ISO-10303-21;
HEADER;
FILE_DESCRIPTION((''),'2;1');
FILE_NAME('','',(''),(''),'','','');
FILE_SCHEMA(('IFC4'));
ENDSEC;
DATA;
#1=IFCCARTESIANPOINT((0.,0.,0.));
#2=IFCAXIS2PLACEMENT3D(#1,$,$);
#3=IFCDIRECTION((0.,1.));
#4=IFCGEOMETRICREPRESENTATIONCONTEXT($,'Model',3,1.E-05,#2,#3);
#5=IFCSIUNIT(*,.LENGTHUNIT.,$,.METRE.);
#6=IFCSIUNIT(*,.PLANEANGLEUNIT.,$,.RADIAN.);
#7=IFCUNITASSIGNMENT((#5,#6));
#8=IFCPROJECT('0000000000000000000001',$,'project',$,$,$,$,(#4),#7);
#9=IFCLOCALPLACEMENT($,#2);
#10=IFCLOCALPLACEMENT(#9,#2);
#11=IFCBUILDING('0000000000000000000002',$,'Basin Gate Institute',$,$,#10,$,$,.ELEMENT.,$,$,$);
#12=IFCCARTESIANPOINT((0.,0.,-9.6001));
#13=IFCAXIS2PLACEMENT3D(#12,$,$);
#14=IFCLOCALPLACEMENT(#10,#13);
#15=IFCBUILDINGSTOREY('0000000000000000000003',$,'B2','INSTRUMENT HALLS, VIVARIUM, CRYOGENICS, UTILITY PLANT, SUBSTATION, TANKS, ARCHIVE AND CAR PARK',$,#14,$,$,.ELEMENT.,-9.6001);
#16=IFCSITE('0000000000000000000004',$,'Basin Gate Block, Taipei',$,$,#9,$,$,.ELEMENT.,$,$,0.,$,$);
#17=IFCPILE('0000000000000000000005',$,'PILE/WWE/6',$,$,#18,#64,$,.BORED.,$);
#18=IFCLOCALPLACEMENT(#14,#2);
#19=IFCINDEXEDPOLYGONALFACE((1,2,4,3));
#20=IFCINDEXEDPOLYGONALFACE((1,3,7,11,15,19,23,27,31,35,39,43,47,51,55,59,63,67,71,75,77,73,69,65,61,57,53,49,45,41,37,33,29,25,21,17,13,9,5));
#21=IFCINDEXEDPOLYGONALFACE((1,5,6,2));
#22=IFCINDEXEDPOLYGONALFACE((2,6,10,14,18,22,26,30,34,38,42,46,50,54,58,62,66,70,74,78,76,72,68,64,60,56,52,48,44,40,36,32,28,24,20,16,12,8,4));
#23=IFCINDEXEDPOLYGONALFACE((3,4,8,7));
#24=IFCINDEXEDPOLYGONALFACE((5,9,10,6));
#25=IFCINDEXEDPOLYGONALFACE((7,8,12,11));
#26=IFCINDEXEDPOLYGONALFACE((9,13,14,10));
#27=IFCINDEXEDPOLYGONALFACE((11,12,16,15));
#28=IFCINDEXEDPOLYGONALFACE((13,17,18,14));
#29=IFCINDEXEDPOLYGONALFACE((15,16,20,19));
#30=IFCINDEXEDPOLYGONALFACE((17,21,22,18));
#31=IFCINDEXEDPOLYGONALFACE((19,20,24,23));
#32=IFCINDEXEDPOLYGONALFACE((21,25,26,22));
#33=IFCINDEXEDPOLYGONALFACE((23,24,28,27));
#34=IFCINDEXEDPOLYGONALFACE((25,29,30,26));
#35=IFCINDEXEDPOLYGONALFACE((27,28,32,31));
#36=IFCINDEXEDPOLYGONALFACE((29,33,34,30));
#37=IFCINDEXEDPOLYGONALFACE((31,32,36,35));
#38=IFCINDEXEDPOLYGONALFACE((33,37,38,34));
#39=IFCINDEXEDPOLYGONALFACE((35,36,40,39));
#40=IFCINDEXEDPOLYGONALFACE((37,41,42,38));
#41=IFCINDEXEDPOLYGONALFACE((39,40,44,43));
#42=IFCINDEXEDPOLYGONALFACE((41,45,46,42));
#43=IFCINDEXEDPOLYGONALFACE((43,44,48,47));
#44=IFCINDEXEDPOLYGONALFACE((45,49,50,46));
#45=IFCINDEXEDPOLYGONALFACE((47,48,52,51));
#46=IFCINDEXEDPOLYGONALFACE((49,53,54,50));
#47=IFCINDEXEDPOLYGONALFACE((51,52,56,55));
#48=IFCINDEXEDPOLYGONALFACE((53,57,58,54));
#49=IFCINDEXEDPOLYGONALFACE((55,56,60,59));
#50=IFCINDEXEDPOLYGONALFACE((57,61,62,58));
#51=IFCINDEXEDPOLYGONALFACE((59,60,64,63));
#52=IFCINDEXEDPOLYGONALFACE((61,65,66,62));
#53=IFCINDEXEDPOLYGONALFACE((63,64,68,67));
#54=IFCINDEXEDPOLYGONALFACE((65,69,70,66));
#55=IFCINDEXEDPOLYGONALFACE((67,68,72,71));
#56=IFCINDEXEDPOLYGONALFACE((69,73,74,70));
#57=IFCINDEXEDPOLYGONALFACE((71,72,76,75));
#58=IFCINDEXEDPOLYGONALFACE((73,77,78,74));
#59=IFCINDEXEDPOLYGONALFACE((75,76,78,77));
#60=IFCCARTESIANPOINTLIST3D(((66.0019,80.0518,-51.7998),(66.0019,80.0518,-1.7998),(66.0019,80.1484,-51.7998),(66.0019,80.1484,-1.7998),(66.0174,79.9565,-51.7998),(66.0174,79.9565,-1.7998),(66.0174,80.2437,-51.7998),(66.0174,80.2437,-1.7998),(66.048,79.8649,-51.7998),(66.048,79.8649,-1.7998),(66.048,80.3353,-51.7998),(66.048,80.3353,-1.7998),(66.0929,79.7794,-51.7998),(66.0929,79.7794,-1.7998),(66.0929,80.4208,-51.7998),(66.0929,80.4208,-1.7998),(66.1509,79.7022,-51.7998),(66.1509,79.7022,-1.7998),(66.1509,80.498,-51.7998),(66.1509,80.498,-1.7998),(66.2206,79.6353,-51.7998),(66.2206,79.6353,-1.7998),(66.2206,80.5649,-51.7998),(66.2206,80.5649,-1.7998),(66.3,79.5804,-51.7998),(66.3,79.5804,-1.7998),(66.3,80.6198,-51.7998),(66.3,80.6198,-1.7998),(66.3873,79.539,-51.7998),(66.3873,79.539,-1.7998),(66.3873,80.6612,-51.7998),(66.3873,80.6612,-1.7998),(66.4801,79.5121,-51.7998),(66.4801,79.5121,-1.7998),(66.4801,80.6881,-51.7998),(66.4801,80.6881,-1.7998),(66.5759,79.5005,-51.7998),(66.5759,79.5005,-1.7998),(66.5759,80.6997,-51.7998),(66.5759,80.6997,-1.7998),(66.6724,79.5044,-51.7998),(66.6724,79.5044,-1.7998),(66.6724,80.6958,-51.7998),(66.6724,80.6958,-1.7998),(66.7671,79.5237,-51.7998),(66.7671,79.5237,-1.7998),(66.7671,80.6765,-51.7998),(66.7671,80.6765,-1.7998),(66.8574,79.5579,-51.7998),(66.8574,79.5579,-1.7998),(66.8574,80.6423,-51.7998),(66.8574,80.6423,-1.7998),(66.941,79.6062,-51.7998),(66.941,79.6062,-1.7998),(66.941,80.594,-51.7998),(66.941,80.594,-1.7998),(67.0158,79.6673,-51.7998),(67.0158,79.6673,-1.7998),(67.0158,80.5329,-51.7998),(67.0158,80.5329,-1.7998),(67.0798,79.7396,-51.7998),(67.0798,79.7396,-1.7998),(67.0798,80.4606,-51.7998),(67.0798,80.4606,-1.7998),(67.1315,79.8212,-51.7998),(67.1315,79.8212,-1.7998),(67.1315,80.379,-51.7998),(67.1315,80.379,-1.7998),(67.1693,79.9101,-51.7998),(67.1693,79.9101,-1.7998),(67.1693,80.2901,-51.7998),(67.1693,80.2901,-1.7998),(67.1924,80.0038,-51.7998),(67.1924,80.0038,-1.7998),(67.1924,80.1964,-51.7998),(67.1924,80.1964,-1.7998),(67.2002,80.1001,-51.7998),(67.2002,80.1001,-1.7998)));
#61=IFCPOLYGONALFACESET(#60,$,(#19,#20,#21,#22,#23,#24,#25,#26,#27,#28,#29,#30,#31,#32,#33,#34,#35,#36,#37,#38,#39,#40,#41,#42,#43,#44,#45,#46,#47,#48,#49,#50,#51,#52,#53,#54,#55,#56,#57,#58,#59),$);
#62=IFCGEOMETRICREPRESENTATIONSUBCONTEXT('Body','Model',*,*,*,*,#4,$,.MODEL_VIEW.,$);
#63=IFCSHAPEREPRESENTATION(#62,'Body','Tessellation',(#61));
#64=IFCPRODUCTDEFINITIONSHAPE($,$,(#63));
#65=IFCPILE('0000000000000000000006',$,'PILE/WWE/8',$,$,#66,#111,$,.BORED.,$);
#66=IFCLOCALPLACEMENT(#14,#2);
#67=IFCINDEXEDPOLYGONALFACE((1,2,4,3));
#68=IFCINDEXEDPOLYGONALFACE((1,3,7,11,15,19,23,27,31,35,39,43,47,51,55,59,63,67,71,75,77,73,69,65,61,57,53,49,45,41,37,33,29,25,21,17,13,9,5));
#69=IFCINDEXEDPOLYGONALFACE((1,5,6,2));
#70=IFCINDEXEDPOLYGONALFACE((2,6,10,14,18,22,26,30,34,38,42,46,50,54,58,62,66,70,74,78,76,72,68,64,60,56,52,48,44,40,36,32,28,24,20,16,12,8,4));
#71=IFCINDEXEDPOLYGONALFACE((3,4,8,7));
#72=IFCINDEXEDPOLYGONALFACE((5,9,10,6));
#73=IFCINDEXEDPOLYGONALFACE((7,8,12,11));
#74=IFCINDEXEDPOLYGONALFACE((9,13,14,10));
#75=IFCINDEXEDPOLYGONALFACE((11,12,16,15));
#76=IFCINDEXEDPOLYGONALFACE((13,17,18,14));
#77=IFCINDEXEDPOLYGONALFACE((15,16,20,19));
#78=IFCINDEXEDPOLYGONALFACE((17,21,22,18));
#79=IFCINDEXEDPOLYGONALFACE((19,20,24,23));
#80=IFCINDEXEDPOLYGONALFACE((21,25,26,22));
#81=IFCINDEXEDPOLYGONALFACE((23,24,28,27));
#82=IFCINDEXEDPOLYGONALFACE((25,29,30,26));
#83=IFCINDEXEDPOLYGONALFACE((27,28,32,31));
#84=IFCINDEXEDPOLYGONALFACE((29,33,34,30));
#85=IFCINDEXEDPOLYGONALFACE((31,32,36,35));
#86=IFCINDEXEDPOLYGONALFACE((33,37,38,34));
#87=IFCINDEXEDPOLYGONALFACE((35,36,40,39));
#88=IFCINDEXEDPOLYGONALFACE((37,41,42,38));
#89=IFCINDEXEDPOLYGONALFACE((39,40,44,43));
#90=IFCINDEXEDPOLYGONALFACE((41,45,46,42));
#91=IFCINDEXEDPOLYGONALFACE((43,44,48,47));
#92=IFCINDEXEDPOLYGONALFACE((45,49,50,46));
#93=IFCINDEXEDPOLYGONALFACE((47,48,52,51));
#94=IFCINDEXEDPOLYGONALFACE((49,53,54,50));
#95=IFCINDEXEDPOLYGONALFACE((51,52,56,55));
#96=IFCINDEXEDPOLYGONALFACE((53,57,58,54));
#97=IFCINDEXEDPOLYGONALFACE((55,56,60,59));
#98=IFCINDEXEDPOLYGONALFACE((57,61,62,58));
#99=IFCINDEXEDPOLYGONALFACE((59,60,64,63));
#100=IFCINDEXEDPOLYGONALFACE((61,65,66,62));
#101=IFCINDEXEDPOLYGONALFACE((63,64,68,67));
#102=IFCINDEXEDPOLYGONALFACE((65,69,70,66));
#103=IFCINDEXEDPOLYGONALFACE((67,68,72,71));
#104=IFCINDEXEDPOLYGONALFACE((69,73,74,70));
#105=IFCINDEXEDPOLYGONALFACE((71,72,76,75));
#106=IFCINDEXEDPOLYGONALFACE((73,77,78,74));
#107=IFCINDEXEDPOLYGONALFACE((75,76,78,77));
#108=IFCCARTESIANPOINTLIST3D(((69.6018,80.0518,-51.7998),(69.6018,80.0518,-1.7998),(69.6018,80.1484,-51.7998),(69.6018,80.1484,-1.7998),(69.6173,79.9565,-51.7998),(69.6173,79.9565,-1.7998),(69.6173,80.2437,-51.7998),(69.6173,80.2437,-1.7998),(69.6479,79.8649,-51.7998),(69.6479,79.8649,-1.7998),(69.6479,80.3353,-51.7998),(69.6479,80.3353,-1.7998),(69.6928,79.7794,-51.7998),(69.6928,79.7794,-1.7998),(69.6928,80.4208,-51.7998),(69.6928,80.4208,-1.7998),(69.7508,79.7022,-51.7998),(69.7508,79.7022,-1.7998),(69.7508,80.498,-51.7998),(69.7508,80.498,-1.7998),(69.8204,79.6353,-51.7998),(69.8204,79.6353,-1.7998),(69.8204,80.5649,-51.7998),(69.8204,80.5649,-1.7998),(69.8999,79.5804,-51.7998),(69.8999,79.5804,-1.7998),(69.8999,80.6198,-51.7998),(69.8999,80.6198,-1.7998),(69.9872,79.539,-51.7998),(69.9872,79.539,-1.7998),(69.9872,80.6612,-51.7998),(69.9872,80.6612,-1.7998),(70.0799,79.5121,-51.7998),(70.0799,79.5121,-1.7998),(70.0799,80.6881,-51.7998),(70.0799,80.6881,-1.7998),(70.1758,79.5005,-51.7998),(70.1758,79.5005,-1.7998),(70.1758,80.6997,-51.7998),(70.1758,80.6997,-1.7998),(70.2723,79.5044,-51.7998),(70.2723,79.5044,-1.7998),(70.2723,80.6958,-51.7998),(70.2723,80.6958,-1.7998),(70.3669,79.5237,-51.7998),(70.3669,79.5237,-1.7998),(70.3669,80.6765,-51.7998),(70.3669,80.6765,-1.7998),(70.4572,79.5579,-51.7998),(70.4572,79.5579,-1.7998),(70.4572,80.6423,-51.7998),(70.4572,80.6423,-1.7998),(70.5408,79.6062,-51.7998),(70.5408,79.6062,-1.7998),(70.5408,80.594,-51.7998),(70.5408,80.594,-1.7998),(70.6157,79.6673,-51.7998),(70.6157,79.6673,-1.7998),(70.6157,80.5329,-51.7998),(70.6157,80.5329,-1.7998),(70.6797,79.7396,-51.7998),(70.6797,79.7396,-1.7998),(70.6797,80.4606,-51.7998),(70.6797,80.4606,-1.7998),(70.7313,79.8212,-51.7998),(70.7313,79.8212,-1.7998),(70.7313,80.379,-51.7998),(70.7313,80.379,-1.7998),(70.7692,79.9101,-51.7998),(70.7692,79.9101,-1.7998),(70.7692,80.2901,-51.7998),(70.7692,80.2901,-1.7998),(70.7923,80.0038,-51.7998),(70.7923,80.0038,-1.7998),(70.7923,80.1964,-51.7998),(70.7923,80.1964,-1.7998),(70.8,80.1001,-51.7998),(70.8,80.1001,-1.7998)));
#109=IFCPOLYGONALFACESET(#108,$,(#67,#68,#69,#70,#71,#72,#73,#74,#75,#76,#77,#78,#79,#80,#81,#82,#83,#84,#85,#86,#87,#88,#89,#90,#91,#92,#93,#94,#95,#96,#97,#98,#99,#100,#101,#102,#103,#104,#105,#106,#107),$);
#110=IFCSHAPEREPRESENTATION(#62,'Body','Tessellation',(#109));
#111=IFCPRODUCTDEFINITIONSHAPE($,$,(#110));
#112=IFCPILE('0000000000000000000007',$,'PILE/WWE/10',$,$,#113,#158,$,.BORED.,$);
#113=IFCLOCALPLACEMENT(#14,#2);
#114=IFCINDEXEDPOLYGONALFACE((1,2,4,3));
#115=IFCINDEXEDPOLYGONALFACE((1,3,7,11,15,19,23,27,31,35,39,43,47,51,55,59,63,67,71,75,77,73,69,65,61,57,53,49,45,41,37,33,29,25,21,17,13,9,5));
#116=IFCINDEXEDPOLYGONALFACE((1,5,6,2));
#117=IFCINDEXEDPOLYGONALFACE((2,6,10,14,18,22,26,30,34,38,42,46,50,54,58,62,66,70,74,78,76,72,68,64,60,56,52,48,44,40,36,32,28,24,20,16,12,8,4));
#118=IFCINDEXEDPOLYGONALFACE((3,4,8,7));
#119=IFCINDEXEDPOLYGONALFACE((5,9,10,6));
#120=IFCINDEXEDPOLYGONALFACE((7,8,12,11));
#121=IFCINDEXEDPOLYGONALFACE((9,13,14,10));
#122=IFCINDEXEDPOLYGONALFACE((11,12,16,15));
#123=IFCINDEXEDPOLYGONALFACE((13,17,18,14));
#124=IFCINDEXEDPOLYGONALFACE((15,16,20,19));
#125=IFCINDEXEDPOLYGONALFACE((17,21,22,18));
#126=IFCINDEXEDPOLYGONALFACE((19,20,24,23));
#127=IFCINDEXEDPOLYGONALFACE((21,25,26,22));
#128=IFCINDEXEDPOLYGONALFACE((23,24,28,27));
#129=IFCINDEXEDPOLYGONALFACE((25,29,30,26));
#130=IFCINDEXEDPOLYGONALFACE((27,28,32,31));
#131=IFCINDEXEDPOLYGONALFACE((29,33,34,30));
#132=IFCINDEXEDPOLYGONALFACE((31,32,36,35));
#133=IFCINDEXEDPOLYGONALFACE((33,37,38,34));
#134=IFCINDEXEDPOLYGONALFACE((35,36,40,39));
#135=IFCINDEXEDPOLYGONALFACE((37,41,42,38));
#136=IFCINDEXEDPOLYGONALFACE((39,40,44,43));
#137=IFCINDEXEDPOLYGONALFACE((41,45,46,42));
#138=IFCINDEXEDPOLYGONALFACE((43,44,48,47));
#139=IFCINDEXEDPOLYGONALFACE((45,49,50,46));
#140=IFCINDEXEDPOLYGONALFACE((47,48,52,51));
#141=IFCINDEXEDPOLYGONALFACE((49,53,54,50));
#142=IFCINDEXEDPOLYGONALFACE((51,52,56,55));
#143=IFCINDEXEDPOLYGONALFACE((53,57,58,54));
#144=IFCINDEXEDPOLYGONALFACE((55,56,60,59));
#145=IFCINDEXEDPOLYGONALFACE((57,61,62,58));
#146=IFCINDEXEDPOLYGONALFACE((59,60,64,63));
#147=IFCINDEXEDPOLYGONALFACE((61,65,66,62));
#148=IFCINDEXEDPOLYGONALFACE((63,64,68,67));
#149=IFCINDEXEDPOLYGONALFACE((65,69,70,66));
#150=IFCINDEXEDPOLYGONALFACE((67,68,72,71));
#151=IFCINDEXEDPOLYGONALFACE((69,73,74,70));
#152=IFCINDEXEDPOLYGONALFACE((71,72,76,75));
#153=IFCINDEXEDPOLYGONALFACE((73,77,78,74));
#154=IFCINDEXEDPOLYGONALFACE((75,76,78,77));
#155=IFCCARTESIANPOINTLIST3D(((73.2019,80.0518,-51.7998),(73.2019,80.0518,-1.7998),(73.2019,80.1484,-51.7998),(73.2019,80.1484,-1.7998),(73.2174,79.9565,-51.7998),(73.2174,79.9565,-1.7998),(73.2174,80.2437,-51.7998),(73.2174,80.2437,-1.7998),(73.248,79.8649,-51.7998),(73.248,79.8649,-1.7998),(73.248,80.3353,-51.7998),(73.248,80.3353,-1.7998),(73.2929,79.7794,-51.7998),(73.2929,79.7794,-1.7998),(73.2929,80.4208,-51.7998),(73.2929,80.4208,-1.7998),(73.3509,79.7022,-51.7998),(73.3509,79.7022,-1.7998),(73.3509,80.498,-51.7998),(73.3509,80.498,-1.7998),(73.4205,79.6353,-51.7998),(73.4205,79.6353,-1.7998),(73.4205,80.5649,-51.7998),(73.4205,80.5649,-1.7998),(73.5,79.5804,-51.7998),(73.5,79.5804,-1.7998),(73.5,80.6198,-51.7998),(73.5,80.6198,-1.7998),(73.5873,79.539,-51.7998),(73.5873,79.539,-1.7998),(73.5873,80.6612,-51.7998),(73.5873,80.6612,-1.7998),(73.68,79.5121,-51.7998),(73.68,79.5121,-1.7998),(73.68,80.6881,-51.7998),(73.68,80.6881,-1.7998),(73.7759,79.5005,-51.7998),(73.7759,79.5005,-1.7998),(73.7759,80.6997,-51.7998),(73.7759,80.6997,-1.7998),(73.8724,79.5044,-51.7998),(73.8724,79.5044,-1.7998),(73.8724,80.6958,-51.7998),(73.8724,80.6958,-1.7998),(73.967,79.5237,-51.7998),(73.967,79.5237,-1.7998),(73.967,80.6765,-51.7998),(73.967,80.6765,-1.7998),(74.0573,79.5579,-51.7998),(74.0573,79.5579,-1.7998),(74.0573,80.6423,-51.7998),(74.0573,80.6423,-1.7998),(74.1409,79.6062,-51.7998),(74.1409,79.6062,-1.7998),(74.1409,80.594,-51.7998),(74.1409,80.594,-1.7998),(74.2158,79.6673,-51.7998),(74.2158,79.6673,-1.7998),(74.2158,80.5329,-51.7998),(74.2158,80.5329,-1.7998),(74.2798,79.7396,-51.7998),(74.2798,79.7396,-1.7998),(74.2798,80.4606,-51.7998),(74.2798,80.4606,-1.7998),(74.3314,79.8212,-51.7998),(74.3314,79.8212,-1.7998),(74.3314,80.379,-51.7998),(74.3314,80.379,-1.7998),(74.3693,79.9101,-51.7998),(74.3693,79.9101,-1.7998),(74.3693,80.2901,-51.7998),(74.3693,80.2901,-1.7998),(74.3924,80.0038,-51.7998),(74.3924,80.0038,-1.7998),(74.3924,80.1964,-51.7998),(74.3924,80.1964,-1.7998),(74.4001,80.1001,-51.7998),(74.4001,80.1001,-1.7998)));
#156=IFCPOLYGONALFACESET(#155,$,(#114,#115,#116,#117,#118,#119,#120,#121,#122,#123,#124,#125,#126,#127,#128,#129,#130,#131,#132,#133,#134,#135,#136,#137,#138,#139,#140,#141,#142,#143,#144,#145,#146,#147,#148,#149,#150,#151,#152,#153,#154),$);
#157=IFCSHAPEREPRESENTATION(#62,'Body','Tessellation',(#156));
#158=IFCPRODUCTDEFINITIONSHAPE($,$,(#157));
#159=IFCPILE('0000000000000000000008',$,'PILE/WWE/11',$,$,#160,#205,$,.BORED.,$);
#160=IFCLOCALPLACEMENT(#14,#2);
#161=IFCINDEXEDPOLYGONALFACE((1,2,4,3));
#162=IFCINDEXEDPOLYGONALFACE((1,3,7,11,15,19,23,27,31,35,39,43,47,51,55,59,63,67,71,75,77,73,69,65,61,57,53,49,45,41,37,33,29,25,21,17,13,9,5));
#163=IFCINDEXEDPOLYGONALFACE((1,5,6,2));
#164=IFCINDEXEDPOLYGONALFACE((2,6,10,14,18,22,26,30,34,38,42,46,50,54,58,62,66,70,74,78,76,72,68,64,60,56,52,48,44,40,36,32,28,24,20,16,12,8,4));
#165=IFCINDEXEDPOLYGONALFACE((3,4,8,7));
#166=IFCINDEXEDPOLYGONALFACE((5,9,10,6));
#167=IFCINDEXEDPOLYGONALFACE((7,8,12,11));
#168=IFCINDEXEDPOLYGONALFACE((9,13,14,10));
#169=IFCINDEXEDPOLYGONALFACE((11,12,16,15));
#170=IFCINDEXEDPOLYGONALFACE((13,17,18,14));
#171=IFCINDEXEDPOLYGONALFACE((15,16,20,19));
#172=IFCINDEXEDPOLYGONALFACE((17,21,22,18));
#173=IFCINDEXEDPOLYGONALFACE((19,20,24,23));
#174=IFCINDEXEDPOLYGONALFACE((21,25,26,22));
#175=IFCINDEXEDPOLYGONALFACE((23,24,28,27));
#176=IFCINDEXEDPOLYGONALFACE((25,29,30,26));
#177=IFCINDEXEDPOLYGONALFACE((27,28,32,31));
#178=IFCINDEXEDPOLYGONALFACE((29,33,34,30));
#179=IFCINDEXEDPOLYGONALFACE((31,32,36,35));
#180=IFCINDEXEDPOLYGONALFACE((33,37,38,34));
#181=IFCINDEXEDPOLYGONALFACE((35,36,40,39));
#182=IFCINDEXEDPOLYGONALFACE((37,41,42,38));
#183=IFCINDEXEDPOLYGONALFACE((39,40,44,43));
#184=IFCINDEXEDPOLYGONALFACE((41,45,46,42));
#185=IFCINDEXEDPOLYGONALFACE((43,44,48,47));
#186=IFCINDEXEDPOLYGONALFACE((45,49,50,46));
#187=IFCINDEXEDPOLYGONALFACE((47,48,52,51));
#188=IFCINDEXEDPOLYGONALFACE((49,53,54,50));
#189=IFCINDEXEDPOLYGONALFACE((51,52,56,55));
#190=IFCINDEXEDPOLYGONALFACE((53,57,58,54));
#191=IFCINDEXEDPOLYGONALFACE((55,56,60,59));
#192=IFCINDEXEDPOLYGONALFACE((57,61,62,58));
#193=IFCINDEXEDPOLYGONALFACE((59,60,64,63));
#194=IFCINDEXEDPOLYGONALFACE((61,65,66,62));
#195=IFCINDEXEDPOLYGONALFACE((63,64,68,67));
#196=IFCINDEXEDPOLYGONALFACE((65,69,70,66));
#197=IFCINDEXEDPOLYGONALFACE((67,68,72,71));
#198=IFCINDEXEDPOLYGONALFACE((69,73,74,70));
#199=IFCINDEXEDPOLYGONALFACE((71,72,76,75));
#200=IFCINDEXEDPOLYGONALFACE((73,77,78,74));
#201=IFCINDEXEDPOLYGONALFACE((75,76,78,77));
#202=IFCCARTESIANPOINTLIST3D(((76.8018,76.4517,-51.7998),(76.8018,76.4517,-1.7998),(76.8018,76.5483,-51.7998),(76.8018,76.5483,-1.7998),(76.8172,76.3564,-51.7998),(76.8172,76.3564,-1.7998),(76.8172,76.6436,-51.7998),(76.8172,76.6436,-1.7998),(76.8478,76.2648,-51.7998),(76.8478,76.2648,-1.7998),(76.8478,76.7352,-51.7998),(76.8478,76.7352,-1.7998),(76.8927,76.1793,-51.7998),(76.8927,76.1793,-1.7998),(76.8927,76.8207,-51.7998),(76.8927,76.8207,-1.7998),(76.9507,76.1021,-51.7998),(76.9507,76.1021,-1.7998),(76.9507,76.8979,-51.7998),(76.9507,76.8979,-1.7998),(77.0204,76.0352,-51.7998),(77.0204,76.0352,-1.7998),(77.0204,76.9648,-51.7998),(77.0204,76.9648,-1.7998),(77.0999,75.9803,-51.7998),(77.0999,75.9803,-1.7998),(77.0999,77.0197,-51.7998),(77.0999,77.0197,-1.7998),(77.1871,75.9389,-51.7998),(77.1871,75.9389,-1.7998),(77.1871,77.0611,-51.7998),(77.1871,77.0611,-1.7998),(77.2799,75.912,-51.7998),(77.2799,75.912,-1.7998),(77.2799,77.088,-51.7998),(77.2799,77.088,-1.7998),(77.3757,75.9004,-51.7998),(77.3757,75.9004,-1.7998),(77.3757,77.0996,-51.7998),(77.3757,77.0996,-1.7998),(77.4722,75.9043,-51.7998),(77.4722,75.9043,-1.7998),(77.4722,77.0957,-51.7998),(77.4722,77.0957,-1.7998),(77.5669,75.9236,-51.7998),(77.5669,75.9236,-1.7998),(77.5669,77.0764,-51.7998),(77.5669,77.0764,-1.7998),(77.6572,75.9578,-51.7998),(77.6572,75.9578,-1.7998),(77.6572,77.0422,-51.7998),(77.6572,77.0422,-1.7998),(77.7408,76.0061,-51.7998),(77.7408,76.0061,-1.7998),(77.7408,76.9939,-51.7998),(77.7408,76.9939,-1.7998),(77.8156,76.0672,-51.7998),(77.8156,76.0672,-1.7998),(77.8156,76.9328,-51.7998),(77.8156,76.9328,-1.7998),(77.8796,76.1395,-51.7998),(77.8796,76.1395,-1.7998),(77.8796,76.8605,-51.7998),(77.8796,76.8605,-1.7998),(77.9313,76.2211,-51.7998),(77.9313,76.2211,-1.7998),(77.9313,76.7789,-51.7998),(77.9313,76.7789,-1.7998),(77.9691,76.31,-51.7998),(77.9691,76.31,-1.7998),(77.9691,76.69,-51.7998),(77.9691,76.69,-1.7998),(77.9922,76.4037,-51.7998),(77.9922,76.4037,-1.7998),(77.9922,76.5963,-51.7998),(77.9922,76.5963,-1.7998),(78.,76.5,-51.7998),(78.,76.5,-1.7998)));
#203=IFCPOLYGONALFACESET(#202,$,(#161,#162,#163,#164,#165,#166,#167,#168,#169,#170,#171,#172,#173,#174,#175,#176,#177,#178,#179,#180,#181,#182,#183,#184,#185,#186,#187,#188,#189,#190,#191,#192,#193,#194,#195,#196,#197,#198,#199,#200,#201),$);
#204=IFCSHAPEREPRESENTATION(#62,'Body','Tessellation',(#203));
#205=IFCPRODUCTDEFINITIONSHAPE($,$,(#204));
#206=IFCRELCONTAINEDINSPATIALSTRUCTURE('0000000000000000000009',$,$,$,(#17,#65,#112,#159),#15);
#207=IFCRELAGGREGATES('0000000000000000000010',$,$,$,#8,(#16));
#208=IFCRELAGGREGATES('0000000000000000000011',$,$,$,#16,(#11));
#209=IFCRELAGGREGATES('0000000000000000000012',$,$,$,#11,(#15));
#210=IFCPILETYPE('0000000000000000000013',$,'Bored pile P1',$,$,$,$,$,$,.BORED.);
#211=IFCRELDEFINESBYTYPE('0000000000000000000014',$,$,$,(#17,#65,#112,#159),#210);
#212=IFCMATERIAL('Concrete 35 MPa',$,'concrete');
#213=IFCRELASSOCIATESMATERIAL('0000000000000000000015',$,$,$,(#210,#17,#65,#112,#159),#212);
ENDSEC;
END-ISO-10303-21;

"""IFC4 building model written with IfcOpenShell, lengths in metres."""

from ifc_helpers import new_model, si_unit, direction, frame, origin, origin_2d, place, context, subcontext, project, spatial, circle, extrude, material, material_profile, profile_set, type_object, element, save


model = new_model("IFC4")

# Units and contexts
model_context = context("Model", 3, precision=1e-05, world=origin(), true_north=direction((0.0, 1.0)))
body_context = subcontext(model_context, "Body", "Model", "MODEL_VIEW")
ifc_project = project(units=[si_unit("LENGTHUNIT", "METRE"), si_unit("PLANEANGLEUNIT", "RADIAN")], contexts=[model_context])

# Site, building, storey
site_placement = place(None, origin())
site = spatial("IfcSite", under=ifc_project, at=site_placement, Name="Basin Gate Block, Taipei", CompositionType="ELEMENT", RefElevation=0.0)
building_placement = place(site_placement, origin())
building = spatial("IfcBuilding", under=site, at=building_placement, Name="Basin Gate Institute", CompositionType="ELEMENT")
storey_placement = place(building_placement, frame((0.0, 0.0, -9.6001)))
storey = spatial("IfcBuildingStorey", under=building, at=storey_placement, Name="B2", Description="INSTRUMENT HALLS, VIVARIUM, CRYOGENICS, UTILITY PLANT, SUBSTATION, TANKS, ARCHIVE AND CAR PARK", CompositionType="ELEMENT", Elevation=-9.6001)

# Piles
ifc_material_1 = material(Name="Concrete 35 MPa", Category="concrete")
ifc_material_profile_1 = material_profile(ifc_material_1, circle(Radius=0.6001, at=origin_2d()), Name="Bored pile P1 1200 dia")
ifc_profile_set_1 = profile_set([ifc_material_profile_1], Name="Concrete 35 MPa")
pile_type = type_object("IfcPileType", Name="Bored pile P1", PredefinedType="BORED", material=ifc_profile_set_1)
for number, where, z_axis, x_axis, name in (
    (1, (66.6001, 80.1001, -1.7998), (0.0, 0.0, -1.0), (1.0, 0.0, 0.0), "PILE/WWE/6"),
    (2, (70.2, 80.1001, -1.7998), (0.0, 0.0, -1.0), (1.0, 0.0, 0.0), "PILE/WWE/8"),
    (3, (73.8, 80.1001, -1.7998), (0.0, 0.0, -1.0), (1.0, 0.0, 0.0), "PILE/WWE/10"),
    (4, (77.3999, 76.5, -1.7998), (0.0, 0.0, -1.0), (1.0, 0.0, 0.0), "PILE/WWE/11"),
):
    element("IfcPile", number, at=place(storey_placement, frame(where, z_axis=z_axis, x_axis=x_axis)), inside=storey, type_object=pile_type, material=ifc_profile_set_1, Name=name, PredefinedType="BORED", context=body_context, shape_type="SweptSolid", body=[
        extrude(circle(Radius=0.6001, at=origin_2d()), origin(), (0.0, 0.0, 1.0), 50.0),
    ])

save(model, "model.ifc")
